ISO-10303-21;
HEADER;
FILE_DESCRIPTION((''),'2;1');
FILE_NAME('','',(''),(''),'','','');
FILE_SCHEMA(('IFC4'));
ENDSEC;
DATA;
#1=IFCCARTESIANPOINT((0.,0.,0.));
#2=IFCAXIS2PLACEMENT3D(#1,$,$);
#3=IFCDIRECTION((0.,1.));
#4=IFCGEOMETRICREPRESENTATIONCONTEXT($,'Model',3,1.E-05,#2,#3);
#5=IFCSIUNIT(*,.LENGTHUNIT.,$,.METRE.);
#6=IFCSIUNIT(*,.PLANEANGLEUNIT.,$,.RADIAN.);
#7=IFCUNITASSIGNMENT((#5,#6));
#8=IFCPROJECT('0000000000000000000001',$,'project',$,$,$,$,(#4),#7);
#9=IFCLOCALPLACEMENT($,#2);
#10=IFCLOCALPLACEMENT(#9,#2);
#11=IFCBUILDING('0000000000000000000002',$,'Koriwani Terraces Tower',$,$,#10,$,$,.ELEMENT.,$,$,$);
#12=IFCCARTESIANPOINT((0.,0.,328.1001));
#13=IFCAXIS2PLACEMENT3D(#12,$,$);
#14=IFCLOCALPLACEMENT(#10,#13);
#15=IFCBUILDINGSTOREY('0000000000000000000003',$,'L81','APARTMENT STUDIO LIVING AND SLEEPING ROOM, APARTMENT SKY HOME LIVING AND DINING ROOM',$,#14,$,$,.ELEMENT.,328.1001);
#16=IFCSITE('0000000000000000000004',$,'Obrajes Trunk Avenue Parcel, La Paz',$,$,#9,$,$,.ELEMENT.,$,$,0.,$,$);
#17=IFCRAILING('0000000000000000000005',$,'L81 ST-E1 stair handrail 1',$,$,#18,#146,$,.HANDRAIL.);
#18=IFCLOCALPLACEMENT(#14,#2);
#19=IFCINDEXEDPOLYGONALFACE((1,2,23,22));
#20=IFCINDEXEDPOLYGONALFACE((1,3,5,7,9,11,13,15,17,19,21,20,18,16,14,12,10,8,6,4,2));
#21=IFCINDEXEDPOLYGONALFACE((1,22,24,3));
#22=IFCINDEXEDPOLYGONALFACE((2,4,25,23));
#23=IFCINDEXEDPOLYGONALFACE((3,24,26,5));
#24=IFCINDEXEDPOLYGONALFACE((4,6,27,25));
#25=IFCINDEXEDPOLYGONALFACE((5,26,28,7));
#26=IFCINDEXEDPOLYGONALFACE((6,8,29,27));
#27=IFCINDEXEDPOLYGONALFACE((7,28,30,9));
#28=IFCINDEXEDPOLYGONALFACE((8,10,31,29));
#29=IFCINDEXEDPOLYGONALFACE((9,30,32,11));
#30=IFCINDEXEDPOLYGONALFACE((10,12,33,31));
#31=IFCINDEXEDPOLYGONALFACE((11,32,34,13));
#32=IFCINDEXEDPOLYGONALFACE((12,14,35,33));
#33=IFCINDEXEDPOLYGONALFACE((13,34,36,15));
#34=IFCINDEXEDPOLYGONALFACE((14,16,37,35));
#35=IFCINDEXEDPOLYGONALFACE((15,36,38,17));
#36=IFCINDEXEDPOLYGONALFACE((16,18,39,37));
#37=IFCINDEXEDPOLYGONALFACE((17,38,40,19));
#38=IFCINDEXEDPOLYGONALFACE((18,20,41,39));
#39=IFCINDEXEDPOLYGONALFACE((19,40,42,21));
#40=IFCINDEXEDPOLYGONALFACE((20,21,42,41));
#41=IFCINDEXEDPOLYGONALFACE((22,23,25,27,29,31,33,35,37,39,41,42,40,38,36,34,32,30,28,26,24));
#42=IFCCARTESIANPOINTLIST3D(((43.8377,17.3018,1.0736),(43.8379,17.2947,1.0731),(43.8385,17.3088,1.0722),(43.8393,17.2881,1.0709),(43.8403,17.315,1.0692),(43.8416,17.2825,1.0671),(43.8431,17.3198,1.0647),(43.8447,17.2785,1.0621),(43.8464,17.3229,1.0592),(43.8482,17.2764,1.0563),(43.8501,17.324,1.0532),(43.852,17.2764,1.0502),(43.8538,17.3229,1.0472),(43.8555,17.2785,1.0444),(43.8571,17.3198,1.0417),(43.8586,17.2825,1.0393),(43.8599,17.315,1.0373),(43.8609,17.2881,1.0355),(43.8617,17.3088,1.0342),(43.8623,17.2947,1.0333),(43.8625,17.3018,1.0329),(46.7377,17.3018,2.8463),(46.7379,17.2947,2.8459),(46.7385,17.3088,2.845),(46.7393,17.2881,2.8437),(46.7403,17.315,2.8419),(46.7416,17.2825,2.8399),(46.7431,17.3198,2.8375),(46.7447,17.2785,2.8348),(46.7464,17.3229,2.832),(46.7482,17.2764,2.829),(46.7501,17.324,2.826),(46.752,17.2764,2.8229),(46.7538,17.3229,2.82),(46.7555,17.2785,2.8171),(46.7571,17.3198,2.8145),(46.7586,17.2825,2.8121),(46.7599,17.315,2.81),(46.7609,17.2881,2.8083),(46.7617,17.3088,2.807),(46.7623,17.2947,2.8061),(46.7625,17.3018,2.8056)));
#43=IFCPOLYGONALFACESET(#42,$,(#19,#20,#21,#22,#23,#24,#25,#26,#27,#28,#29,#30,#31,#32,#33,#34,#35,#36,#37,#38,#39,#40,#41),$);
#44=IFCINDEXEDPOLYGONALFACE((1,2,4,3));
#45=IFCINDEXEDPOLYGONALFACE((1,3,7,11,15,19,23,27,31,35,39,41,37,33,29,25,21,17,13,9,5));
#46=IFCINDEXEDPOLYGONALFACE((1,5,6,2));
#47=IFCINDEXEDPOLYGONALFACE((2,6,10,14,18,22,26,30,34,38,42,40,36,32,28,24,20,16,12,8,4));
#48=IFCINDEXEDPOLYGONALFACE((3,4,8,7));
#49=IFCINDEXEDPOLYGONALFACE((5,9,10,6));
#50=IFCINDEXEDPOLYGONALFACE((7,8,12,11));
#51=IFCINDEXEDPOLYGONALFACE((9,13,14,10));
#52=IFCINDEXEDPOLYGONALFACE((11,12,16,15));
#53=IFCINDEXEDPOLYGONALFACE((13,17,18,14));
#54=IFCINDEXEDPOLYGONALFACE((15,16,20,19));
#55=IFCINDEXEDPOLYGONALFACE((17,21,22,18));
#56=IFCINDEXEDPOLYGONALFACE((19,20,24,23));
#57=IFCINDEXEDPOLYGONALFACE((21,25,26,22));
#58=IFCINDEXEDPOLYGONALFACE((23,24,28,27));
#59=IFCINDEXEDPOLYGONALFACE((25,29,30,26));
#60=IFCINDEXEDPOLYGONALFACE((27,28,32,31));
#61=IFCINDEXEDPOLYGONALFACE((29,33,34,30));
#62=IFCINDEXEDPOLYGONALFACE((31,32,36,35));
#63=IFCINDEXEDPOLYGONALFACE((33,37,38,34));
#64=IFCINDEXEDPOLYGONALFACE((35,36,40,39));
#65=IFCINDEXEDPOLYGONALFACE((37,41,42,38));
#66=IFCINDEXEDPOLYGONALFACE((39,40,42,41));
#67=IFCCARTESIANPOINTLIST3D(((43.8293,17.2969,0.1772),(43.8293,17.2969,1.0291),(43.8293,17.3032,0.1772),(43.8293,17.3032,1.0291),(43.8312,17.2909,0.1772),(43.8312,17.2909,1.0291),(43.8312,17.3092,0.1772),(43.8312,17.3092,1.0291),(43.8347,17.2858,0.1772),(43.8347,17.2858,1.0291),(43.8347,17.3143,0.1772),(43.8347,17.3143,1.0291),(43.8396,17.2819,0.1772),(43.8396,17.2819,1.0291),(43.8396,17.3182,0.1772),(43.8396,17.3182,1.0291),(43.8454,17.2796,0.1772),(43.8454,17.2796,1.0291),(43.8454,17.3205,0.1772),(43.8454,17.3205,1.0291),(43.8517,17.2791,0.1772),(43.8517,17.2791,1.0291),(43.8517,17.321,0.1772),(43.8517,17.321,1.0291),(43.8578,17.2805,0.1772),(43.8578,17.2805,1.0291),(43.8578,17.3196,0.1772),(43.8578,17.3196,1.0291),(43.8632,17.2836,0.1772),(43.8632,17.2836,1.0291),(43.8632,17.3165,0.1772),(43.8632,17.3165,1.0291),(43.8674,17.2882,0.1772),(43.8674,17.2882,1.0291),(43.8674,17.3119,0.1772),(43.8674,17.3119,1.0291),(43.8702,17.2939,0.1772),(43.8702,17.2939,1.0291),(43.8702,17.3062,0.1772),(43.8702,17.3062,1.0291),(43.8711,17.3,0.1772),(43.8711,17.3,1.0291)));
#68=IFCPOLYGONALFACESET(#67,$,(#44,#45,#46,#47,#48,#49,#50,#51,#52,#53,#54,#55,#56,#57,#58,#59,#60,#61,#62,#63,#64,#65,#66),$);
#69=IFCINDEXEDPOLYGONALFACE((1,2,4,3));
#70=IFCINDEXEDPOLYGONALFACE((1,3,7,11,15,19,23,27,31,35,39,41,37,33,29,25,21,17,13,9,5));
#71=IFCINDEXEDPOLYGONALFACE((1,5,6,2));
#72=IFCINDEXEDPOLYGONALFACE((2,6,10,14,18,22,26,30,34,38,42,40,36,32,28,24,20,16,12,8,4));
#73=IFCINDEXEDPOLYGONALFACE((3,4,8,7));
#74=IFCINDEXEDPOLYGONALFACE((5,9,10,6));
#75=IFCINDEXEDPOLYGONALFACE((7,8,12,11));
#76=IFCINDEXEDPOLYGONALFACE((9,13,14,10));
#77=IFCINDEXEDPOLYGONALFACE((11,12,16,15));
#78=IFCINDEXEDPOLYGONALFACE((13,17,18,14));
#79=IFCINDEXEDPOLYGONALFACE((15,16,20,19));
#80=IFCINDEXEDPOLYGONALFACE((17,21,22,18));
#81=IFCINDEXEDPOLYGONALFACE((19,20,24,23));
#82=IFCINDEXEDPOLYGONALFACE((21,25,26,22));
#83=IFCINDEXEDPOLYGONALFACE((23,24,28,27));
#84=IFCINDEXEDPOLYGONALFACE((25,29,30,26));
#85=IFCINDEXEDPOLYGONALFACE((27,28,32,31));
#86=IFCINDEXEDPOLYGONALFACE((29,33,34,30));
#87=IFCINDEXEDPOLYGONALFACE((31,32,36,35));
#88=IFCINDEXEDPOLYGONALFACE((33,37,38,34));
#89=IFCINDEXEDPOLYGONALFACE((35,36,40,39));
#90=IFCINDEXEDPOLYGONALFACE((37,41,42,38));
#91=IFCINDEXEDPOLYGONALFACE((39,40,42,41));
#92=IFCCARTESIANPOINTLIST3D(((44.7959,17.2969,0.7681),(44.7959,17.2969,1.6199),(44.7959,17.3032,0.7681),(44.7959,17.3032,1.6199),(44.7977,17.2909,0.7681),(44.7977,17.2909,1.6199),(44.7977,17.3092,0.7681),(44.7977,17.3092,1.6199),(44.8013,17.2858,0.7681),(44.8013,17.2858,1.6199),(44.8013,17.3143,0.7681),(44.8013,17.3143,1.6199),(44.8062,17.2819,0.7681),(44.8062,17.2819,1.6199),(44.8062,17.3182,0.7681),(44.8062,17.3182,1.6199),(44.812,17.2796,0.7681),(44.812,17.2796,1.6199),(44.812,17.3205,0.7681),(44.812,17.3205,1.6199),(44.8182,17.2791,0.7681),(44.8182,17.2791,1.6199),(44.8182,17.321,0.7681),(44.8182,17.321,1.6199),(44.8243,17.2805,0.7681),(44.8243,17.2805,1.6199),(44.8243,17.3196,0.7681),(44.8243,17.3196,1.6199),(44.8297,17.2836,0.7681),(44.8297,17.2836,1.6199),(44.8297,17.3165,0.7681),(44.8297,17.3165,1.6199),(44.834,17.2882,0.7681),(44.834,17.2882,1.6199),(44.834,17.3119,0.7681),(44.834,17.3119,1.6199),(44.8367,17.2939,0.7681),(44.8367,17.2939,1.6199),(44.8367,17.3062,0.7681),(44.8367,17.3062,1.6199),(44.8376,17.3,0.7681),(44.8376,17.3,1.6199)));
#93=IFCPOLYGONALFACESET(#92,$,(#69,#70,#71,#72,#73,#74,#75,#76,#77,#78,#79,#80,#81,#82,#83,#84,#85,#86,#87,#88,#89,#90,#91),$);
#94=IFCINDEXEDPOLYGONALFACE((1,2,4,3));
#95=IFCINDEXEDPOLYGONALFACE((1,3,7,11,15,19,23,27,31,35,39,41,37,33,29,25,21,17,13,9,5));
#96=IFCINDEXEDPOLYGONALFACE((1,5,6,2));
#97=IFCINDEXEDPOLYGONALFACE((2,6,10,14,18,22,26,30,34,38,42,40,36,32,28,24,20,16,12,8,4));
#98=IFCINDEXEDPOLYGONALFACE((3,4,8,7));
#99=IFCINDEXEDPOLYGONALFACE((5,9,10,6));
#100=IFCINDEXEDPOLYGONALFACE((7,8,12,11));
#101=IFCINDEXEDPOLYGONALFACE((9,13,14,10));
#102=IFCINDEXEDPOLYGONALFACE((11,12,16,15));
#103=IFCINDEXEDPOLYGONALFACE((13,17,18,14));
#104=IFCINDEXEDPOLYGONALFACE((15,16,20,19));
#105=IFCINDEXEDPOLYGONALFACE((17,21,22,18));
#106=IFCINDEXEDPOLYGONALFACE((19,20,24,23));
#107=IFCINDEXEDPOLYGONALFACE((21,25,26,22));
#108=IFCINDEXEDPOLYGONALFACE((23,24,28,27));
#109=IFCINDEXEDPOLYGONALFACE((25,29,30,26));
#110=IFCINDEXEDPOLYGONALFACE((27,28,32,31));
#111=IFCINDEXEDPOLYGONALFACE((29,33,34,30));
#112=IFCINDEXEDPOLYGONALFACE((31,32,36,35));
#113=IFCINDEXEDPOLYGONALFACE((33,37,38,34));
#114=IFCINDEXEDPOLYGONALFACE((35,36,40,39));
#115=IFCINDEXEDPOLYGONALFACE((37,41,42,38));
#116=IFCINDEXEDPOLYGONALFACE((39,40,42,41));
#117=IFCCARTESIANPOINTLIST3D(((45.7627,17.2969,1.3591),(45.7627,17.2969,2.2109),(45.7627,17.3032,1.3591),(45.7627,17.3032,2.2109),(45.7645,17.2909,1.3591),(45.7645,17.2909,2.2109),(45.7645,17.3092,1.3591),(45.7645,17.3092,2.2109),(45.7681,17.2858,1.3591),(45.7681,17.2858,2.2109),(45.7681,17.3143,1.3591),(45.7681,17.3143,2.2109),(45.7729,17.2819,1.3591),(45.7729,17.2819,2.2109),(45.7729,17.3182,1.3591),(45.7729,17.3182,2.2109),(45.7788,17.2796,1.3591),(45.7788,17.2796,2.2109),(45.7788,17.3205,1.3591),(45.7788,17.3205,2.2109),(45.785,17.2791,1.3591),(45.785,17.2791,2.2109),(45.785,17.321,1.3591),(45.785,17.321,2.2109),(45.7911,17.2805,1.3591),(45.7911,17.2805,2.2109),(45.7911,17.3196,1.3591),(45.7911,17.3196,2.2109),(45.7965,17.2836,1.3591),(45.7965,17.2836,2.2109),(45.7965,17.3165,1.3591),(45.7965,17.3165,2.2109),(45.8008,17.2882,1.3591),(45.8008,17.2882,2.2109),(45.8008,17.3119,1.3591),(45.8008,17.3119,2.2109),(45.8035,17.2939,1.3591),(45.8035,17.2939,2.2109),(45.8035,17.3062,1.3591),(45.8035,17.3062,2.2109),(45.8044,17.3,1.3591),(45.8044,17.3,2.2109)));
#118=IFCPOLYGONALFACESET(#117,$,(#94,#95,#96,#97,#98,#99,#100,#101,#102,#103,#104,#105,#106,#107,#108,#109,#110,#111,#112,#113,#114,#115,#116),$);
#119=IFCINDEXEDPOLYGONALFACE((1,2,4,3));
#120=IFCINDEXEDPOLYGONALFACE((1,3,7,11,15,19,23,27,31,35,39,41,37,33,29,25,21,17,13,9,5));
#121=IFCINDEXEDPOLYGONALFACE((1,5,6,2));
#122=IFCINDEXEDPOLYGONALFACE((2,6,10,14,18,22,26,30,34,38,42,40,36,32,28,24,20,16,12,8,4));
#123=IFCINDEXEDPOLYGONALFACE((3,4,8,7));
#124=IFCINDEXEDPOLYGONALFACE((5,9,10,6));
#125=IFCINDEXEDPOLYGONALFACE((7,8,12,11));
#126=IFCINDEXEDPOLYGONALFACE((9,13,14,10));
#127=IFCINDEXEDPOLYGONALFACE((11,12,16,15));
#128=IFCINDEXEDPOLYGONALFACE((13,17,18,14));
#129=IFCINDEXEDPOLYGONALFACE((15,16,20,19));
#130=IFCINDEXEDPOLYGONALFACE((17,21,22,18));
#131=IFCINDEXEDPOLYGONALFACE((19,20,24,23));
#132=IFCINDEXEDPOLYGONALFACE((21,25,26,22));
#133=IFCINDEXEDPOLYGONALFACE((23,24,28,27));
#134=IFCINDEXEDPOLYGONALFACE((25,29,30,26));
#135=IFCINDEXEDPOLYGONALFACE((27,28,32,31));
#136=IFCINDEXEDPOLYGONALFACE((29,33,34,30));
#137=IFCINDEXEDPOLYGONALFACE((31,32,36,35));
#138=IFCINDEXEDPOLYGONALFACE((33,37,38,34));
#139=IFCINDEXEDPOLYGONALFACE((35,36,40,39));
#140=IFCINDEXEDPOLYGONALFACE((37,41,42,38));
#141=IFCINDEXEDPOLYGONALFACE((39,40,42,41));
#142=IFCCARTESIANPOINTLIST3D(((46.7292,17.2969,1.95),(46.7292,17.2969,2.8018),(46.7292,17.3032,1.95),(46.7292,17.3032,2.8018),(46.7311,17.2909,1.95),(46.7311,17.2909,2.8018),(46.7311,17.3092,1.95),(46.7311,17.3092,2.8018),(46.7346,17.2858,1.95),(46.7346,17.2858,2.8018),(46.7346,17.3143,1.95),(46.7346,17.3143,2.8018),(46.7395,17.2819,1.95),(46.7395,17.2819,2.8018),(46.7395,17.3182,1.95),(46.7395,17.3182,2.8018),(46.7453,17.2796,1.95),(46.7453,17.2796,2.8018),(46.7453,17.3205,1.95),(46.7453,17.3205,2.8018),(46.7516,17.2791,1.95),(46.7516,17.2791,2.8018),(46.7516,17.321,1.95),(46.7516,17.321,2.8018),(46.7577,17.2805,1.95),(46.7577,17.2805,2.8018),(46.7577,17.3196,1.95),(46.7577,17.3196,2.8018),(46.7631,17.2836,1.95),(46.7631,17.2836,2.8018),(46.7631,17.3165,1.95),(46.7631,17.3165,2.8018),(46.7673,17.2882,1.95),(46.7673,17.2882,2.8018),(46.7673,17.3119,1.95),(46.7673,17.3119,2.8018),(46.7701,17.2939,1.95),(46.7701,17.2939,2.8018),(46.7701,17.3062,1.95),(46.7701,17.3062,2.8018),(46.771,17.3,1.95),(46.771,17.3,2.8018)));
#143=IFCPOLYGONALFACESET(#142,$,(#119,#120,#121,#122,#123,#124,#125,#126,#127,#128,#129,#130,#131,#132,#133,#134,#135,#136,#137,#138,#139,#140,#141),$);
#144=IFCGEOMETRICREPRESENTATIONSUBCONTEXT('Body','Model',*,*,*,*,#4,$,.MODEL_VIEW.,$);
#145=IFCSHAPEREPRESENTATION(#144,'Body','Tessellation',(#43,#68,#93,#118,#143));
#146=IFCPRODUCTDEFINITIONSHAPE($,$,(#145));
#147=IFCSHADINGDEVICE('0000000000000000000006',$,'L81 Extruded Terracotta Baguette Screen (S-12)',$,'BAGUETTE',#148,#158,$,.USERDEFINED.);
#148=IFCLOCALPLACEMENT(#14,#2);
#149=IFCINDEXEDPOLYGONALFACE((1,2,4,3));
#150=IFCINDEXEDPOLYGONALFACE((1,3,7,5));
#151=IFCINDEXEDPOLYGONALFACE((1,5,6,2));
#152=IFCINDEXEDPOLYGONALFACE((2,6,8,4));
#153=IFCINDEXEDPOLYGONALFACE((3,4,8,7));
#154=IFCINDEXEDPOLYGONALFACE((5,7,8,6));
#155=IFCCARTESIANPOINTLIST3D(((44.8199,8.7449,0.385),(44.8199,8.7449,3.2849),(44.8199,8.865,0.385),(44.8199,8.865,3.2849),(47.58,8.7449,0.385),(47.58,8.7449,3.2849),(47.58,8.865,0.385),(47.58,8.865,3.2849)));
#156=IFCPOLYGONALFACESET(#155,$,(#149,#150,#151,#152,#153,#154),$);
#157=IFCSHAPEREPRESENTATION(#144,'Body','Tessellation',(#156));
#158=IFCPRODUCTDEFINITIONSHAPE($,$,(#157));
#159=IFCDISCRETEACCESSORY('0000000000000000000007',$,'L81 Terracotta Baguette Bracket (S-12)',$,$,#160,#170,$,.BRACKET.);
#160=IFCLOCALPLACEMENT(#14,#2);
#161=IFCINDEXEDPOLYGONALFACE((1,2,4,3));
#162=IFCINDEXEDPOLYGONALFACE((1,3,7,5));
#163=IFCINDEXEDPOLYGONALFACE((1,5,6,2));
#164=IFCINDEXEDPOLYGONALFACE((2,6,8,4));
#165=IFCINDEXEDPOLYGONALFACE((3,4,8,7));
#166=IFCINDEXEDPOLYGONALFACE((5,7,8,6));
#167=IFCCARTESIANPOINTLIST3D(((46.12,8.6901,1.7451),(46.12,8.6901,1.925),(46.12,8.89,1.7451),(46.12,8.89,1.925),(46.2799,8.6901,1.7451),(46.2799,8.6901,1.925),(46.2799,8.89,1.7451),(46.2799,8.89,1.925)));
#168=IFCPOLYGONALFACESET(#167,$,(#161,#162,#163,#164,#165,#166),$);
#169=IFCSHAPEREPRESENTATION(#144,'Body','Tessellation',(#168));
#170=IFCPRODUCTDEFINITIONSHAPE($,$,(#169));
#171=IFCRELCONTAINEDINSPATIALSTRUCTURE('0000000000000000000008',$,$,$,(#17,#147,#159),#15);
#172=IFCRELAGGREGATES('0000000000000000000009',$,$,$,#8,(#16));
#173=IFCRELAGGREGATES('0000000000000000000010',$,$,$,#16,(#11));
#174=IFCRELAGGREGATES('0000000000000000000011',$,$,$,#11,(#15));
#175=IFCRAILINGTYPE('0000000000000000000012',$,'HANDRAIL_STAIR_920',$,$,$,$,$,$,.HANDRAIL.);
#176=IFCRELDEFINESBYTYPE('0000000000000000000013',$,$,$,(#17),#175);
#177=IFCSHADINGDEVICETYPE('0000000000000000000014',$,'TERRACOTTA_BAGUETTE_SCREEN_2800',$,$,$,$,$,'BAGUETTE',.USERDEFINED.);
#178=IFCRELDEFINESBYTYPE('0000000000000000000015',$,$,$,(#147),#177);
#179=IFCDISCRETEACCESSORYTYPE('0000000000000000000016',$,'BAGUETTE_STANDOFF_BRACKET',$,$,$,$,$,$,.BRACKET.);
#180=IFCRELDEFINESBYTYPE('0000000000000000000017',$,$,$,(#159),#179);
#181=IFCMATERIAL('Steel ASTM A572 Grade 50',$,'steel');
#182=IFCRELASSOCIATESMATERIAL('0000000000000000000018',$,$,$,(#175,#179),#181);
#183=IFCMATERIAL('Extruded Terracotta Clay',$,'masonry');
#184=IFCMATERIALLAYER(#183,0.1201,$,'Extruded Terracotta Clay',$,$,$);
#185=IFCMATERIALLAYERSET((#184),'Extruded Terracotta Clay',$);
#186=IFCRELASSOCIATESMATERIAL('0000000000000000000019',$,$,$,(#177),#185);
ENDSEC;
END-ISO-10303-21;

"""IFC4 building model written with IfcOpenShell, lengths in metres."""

from ifc_helpers import new_model, si_unit, direction, frame, origin, origin_2d, place, context, subcontext, project, spatial, rectangle, circle, extrude, material, layer, layer_set, type_object, element, save


model = new_model("IFC4")

# Units and contexts
model_context = context("Model", 3, precision=1e-05, world=origin(), true_north=direction((0.0, 1.0)))
body_context = subcontext(model_context, "Body", "Model", "MODEL_VIEW")
ifc_project = project(units=[si_unit("LENGTHUNIT", "METRE"), si_unit("PLANEANGLEUNIT", "RADIAN")], contexts=[model_context])

# Site, building, storey
site_placement = place(None, origin())
site = spatial("IfcSite", under=ifc_project, at=site_placement, Name="Obrajes Trunk Avenue Parcel, La Paz", CompositionType="ELEMENT", RefElevation=0.0)
building_placement = place(site_placement, origin())
building = spatial("IfcBuilding", under=site, at=building_placement, Name="Koriwani Terraces Tower", CompositionType="ELEMENT")
storey_placement = place(building_placement, frame((0.0, 0.0, 328.1001)))
storey = spatial("IfcBuildingStorey", under=building, at=storey_placement, Name="L81", Description="APARTMENT STUDIO LIVING AND SLEEPING ROOM, APARTMENT SKY HOME LIVING AND DINING ROOM", CompositionType="ELEMENT", Elevation=328.1001)

# Shared definitions
ifc_material_1 = material(Name="Steel ASTM A572 Grade 50", Category="steel")

# Railing
railing_type_1 = type_object("IfcRailingType", Name="HANDRAIL_STAIR_920", PredefinedType="HANDRAIL", material=ifc_material_1)
railing_1_placement = place(storey_placement, frame((43.8501, 17.3, 0.1772)))
element("IfcRailing", 1, at=railing_1_placement, inside=storey, type_object=railing_type_1, Name="L81 ST-E1 stair handrail 1", PredefinedType="HANDRAIL", context=body_context, shape_type="SweptSolid", body=[
    extrude(circle(Radius=0.0239, at=origin_2d()), frame((0.0, 0.0, 0.876), z_axis=(0.853211, 0.0, 0.521566), x_axis=(0.0, 1.0, 0.0)), (0.0, 0.0, 1.0), 3.3989),
    extrude(circle(Radius=0.021, at=origin_2d()), origin(), (0.0, 0.0, 1.0), 0.8518),
    extrude(circle(Radius=0.021, at=origin_2d()), frame((0.9666, 0.0, 0.5908)), (0.0, 0.0, 1.0), 0.8518),
    extrude(circle(Radius=0.021, at=origin_2d()), frame((1.9333, 0.0, 1.1819)), (0.0, 0.0, 1.0), 0.8518),
    extrude(circle(Radius=0.021, at=origin_2d()), frame((2.8999, 0.0, 1.7727)), (0.0, 0.0, 1.0), 0.8518),
])

# Shading device
ifc_material_2 = material(Name="Extruded Terracotta Clay", Category="masonry")
ifc_layer_1 = layer(ifc_material_2, 0.1201, Name="Extruded Terracotta Clay")
ifc_layer_set_1 = layer_set([ifc_layer_1], Name="Extruded Terracotta Clay")
shading_device_type = type_object("IfcShadingDeviceType", Name="TERRACOTTA_BAGUETTE_SCREEN_2800", ElementType="BAGUETTE", PredefinedType="USERDEFINED", material=ifc_layer_set_1)
shading_device_placement = place(storey_placement, frame((46.2, 8.8049, 0.385), z_axis=(0.0, 0.0, 1.0), x_axis=(-1.0, 0.0, 0.0)))
element("IfcShadingDevice", 2, at=shading_device_placement, inside=storey, type_object=shading_device_type, Name="L81 Extruded Terracotta Baguette Screen (S-12)", ObjectType="BAGUETTE", PredefinedType="USERDEFINED", context=body_context, shape_type="SweptSolid", body=[
    extrude(rectangle(XDim=2.76, YDim=0.1201, at=origin_2d()), origin(), (0.0, 0.0, 1.0), 2.8999),
])

# Discrete accessory
discrete_accessory_type = type_object("IfcDiscreteAccessoryType", Name="BAGUETTE_STANDOFF_BRACKET", PredefinedType="BRACKET", material=ifc_material_1)
discrete_accessory_placement = place(storey_placement, frame((46.2, 8.79, 1.7451), z_axis=(0.0, 0.0, 1.0), x_axis=(-1.0, 0.0, 0.0)))
element("IfcDiscreteAccessory", 3, at=discrete_accessory_placement, inside=storey, type_object=discrete_accessory_type, Name="L81 Terracotta Baguette Bracket (S-12)", PredefinedType="BRACKET", context=body_context, shape_type="SweptSolid", body=[
    extrude(rectangle(XDim=0.1599, YDim=0.2, at=origin_2d()), origin(), (0.0, 0.0, 1.0), 0.1799),
])

save(model, "model.ifc")
